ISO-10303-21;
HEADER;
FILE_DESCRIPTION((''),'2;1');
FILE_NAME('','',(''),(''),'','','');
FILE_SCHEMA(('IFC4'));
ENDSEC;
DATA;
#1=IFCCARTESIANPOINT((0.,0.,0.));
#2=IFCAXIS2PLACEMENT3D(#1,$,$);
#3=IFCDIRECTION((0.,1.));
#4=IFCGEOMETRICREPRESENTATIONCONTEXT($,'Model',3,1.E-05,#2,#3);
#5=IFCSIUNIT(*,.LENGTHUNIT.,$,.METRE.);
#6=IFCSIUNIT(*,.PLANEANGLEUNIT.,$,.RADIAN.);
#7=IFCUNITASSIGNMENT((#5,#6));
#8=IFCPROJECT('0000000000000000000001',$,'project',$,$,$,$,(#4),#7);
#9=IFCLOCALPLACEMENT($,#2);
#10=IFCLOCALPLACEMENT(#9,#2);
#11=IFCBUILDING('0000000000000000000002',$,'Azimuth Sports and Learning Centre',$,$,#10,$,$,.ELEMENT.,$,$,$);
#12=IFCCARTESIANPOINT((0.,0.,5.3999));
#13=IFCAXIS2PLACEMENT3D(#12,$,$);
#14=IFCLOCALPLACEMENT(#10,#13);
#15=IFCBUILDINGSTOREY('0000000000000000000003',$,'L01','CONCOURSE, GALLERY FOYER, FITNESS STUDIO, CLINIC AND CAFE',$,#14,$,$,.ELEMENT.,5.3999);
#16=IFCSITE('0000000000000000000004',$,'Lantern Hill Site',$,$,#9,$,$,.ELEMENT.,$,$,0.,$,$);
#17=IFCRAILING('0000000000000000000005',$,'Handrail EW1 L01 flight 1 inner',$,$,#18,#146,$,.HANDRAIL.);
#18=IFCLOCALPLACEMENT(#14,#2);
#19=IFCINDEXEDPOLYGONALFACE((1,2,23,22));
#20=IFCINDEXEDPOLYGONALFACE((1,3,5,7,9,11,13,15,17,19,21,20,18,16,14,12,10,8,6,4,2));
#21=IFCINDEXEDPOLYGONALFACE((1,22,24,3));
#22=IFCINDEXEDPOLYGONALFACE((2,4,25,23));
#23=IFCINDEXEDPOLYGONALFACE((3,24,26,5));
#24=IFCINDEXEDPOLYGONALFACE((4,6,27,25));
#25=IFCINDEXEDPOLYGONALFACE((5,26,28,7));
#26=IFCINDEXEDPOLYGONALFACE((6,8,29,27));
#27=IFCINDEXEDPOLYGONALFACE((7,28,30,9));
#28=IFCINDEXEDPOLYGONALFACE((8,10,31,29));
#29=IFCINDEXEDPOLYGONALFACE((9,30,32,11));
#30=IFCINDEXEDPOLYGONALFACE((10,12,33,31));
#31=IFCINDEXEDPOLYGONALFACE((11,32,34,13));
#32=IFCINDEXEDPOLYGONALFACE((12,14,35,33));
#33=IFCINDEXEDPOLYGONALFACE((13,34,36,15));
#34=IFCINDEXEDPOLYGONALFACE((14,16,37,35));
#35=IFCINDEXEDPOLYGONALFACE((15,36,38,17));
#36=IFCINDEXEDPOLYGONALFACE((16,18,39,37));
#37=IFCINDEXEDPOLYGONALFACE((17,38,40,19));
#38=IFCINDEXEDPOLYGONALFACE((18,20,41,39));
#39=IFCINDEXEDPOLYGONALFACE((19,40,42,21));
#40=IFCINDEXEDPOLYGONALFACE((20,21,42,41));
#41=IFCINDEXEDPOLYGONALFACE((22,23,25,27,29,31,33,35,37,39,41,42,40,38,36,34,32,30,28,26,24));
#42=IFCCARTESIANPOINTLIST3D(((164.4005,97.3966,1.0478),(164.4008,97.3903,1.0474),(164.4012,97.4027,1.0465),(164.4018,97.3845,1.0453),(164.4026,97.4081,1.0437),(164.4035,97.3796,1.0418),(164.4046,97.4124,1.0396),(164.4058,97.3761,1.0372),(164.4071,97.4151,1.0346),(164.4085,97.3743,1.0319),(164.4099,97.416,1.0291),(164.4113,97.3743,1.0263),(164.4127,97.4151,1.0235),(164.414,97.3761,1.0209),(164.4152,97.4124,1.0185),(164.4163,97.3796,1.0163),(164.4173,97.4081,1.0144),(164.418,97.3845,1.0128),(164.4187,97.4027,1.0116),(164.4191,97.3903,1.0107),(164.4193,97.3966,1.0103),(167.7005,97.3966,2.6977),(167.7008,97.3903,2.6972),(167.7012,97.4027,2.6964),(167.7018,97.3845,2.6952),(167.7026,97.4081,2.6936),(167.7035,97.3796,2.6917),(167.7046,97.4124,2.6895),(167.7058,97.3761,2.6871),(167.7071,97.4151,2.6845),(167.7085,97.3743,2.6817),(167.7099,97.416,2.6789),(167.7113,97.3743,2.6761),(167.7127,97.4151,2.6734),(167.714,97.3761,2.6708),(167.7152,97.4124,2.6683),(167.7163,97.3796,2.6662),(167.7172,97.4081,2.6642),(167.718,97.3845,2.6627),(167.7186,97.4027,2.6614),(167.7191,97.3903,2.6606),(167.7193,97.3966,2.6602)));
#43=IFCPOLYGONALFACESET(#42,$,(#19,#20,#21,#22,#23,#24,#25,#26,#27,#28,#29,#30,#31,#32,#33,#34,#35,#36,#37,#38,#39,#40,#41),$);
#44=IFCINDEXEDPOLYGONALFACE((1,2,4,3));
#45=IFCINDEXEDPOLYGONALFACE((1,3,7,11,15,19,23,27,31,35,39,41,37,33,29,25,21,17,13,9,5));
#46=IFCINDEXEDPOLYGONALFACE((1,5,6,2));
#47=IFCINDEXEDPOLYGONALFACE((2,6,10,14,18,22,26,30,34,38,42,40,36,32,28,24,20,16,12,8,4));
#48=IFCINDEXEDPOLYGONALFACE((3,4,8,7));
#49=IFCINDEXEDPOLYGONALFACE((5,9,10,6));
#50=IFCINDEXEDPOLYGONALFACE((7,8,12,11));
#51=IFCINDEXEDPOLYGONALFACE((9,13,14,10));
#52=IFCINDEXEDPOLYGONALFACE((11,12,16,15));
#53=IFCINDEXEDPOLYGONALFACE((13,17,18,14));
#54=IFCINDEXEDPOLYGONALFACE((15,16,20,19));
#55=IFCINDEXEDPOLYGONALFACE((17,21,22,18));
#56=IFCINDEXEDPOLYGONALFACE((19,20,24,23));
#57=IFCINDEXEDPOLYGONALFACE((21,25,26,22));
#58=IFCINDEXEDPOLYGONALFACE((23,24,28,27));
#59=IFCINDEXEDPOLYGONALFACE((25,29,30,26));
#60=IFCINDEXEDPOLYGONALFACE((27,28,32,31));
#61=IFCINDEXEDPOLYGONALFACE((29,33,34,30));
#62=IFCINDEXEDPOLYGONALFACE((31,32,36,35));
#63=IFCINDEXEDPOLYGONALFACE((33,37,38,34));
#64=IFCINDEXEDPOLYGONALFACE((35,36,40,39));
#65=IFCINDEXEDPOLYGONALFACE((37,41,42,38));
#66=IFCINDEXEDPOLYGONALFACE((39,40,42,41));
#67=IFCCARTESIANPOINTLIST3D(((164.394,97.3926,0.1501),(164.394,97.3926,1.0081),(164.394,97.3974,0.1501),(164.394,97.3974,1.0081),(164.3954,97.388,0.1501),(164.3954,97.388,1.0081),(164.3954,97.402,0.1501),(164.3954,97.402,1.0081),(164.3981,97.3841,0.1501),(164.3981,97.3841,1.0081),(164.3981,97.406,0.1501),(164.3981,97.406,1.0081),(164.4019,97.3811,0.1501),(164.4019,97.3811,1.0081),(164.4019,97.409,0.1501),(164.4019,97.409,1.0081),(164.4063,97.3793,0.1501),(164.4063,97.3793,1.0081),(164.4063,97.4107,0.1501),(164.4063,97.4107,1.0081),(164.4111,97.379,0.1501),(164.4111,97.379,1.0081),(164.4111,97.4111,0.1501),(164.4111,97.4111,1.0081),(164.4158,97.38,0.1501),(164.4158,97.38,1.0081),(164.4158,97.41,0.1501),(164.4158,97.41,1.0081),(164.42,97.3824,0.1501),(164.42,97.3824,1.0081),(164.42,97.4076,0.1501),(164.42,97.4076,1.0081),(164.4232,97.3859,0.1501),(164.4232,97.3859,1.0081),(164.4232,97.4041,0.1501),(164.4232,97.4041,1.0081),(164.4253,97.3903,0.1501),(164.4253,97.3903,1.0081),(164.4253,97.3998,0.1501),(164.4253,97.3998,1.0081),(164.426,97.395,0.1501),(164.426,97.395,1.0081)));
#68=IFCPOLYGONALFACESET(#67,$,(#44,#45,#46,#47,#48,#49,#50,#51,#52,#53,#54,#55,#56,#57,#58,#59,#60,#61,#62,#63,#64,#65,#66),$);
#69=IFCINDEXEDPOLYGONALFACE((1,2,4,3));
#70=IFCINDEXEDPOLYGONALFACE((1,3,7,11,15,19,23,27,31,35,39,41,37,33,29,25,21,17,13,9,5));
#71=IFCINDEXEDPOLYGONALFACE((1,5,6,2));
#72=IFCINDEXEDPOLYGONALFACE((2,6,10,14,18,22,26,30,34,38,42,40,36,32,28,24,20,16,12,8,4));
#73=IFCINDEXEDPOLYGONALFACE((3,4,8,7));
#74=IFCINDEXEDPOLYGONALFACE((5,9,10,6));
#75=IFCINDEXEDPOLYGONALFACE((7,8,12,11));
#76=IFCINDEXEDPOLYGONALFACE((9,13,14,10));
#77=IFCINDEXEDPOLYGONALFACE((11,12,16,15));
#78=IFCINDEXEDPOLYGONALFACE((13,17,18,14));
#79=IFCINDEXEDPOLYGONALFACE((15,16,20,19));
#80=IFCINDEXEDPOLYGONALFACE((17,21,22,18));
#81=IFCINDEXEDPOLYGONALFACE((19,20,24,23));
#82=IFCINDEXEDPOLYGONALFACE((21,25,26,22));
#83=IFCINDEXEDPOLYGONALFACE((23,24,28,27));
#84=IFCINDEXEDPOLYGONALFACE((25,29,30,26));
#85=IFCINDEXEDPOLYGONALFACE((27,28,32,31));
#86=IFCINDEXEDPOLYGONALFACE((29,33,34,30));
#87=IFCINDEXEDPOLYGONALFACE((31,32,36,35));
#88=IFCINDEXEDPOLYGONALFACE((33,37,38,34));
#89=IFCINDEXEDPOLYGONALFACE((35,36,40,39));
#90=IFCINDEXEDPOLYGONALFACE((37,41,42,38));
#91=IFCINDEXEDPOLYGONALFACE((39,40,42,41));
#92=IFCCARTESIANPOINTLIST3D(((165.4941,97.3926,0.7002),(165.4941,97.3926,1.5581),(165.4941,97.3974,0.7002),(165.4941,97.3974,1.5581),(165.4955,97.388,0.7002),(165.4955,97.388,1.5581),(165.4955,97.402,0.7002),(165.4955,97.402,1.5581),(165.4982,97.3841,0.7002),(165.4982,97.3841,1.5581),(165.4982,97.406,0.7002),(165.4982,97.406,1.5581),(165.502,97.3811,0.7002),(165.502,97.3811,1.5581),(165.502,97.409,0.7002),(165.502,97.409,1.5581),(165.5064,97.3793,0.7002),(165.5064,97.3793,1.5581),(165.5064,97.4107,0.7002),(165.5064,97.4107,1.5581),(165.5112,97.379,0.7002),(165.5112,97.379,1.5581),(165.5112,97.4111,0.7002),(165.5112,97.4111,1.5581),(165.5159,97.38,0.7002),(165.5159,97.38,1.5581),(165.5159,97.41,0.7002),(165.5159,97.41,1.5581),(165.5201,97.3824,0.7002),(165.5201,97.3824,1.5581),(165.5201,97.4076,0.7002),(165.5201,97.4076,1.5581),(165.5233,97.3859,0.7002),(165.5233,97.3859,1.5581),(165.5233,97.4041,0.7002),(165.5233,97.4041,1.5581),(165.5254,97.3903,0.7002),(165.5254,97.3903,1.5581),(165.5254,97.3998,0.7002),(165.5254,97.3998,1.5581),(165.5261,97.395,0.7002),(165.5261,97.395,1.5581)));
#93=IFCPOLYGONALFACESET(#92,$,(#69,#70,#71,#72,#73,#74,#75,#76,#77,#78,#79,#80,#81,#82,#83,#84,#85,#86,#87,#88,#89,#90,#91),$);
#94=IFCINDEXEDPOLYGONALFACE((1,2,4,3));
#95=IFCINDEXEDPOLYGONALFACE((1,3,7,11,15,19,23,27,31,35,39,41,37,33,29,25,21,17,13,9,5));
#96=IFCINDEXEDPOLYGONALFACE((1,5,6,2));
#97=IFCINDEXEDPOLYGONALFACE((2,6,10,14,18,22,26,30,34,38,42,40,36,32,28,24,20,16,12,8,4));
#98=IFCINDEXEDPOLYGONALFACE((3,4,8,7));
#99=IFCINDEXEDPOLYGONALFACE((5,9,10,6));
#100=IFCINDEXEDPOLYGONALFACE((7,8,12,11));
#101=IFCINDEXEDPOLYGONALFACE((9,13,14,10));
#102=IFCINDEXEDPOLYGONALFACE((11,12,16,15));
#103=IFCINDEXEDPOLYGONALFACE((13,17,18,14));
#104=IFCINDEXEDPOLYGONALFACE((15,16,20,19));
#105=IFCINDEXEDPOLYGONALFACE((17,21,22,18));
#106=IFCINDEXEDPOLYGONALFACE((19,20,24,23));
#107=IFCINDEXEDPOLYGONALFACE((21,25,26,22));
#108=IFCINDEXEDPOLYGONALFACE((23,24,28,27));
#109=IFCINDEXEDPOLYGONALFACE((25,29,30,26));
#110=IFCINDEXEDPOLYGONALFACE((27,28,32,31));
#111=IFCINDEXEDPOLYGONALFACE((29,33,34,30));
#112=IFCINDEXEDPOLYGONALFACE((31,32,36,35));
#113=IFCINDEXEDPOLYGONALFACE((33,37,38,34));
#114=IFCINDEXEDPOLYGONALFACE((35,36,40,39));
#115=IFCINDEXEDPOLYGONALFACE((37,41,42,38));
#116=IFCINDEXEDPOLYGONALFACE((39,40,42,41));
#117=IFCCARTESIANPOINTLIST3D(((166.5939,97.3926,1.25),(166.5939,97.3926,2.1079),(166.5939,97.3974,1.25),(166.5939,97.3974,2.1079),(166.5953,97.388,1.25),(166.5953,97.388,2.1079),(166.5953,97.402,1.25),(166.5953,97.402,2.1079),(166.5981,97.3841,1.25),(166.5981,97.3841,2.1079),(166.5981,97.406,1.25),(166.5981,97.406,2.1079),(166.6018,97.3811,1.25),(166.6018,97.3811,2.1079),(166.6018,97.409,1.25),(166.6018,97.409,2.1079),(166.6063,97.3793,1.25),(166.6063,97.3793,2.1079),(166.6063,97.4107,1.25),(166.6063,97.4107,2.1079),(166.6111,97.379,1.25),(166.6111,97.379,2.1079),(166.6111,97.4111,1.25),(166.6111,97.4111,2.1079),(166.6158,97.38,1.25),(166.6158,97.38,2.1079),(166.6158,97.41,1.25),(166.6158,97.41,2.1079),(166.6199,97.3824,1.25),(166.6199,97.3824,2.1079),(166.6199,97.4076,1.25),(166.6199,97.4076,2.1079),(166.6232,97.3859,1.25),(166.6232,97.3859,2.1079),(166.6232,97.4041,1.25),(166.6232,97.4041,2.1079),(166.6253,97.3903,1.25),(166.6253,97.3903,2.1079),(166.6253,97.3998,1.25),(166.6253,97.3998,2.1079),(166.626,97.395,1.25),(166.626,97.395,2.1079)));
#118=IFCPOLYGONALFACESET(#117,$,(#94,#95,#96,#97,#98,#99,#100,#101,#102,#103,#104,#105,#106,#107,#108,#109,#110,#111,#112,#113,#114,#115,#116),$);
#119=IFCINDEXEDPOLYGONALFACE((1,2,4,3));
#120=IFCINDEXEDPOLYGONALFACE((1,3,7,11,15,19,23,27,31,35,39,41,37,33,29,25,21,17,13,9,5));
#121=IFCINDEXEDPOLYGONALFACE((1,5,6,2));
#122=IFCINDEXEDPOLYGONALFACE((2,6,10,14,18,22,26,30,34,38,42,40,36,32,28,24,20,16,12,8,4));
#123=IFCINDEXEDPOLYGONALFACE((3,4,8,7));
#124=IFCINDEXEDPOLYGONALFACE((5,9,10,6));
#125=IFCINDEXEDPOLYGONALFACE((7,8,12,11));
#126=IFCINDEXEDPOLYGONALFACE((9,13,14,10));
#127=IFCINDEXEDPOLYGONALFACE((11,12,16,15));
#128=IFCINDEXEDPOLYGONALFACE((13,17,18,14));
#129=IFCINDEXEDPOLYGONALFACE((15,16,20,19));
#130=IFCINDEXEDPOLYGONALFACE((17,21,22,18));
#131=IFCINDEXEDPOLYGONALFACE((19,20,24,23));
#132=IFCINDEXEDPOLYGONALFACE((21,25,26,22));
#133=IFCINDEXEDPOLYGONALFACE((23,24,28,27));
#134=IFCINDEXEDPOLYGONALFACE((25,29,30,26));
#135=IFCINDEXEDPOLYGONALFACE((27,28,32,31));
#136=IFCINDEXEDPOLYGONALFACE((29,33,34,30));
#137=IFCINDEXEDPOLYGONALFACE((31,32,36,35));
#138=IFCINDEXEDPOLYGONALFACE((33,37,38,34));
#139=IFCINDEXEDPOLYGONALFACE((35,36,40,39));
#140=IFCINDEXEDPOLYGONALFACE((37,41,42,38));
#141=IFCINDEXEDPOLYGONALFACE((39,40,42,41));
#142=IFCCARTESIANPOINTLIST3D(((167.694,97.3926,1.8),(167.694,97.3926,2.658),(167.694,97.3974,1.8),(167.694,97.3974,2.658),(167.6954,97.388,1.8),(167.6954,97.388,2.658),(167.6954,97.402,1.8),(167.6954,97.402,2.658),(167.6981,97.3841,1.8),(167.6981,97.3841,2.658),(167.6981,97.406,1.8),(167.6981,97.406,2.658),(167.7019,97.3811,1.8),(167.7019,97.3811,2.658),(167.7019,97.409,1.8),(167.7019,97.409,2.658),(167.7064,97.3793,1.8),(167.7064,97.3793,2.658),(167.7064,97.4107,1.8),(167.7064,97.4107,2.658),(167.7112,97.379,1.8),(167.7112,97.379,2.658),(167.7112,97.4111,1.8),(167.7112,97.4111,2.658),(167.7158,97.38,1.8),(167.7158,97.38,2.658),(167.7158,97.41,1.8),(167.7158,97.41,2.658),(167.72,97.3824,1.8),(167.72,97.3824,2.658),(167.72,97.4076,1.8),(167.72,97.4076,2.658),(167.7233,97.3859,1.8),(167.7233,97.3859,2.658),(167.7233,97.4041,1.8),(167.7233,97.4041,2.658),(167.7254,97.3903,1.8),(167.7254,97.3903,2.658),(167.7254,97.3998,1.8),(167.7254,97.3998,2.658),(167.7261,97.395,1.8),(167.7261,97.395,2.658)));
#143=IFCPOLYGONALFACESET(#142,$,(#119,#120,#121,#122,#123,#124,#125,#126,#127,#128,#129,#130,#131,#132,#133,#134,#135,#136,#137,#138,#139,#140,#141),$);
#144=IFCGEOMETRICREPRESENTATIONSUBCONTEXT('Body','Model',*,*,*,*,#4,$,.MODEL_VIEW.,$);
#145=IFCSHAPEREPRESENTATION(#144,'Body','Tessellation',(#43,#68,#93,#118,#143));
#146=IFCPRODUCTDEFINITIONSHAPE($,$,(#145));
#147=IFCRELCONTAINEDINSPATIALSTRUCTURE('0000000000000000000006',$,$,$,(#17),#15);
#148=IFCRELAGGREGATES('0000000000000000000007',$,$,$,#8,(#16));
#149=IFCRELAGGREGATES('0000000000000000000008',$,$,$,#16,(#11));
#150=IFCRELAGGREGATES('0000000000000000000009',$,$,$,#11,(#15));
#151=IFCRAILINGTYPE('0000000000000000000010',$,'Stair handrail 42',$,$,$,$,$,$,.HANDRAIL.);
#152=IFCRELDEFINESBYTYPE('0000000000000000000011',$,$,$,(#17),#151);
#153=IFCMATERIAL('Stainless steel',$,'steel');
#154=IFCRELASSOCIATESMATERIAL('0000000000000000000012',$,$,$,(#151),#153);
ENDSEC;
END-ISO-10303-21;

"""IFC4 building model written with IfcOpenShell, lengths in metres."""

from ifc_helpers import new_model, si_unit, direction, frame, origin, origin_2d, place, context, subcontext, project, spatial, circle, extrude, material, type_object, element, save


model = new_model("IFC4")

# Units and contexts
model_context = context("Model", 3, precision=1e-05, world=origin(), true_north=direction((0.0, 1.0)))
body_context = subcontext(model_context, "Body", "Model", "MODEL_VIEW")
ifc_project = project(units=[si_unit("LENGTHUNIT", "METRE"), si_unit("PLANEANGLEUNIT", "RADIAN")], contexts=[model_context])

# Site, building, storey
site_placement = place(None, origin())
site = spatial("IfcSite", under=ifc_project, at=site_placement, Name="Lantern Hill Site", CompositionType="ELEMENT", RefElevation=0.0)
building_placement = place(site_placement, origin())
building = spatial("IfcBuilding", under=site, at=building_placement, Name="Azimuth Sports and Learning Centre", CompositionType="ELEMENT")
storey_placement = place(building_placement, frame((0.0, 0.0, 5.3999)))
storey = spatial("IfcBuildingStorey", under=building, at=storey_placement, Name="L01", Description="CONCOURSE, GALLERY FOYER, FITNESS STUDIO, CLINIC AND CAFE", CompositionType="ELEMENT", Elevation=5.3999)

# Railing
ifc_material_1 = material(Name="Stainless steel", Category="steel")
railing_type = type_object("IfcRailingType", Name="Stair handrail 42", PredefinedType="HANDRAIL", material=ifc_material_1)
for number, where, name in (
    (1, (164.4099, 97.395, 0.1501), "Handrail EW1 L01 flight 1 inner"),
):
    element("IfcRailing", number, at=place(storey_placement, frame(where)), inside=storey, type_object=railing_type, Name=name, PredefinedType="HANDRAIL", context=body_context, shape_type="SweptSolid", body=[
        extrude(circle(Radius=0.021, at=origin_2d()), frame((0.0, 0.0, 0.8789), z_axis=(0.89444, 0.0, 0.447187), x_axis=(0.0, 1.0, 0.0)), (0.0, 0.0, 1.0), 3.6895),
        extrude(circle(Radius=0.0161, at=origin_2d()), origin(), (0.0, 0.0, 1.0), 0.8579),
        extrude(circle(Radius=0.0161, at=origin_2d()), frame((1.1001, 0.0, 0.55)), (0.0, 0.0, 1.0), 0.8579),
        extrude(circle(Radius=0.0161, at=origin_2d()), frame((2.2, 0.0, 1.0999)), (0.0, 0.0, 1.0), 0.8579),
        extrude(circle(Radius=0.0161, at=origin_2d()), frame((3.3, 0.0, 1.6499)), (0.0, 0.0, 1.0), 0.8579),
    ])

save(model, "model.ifc")
